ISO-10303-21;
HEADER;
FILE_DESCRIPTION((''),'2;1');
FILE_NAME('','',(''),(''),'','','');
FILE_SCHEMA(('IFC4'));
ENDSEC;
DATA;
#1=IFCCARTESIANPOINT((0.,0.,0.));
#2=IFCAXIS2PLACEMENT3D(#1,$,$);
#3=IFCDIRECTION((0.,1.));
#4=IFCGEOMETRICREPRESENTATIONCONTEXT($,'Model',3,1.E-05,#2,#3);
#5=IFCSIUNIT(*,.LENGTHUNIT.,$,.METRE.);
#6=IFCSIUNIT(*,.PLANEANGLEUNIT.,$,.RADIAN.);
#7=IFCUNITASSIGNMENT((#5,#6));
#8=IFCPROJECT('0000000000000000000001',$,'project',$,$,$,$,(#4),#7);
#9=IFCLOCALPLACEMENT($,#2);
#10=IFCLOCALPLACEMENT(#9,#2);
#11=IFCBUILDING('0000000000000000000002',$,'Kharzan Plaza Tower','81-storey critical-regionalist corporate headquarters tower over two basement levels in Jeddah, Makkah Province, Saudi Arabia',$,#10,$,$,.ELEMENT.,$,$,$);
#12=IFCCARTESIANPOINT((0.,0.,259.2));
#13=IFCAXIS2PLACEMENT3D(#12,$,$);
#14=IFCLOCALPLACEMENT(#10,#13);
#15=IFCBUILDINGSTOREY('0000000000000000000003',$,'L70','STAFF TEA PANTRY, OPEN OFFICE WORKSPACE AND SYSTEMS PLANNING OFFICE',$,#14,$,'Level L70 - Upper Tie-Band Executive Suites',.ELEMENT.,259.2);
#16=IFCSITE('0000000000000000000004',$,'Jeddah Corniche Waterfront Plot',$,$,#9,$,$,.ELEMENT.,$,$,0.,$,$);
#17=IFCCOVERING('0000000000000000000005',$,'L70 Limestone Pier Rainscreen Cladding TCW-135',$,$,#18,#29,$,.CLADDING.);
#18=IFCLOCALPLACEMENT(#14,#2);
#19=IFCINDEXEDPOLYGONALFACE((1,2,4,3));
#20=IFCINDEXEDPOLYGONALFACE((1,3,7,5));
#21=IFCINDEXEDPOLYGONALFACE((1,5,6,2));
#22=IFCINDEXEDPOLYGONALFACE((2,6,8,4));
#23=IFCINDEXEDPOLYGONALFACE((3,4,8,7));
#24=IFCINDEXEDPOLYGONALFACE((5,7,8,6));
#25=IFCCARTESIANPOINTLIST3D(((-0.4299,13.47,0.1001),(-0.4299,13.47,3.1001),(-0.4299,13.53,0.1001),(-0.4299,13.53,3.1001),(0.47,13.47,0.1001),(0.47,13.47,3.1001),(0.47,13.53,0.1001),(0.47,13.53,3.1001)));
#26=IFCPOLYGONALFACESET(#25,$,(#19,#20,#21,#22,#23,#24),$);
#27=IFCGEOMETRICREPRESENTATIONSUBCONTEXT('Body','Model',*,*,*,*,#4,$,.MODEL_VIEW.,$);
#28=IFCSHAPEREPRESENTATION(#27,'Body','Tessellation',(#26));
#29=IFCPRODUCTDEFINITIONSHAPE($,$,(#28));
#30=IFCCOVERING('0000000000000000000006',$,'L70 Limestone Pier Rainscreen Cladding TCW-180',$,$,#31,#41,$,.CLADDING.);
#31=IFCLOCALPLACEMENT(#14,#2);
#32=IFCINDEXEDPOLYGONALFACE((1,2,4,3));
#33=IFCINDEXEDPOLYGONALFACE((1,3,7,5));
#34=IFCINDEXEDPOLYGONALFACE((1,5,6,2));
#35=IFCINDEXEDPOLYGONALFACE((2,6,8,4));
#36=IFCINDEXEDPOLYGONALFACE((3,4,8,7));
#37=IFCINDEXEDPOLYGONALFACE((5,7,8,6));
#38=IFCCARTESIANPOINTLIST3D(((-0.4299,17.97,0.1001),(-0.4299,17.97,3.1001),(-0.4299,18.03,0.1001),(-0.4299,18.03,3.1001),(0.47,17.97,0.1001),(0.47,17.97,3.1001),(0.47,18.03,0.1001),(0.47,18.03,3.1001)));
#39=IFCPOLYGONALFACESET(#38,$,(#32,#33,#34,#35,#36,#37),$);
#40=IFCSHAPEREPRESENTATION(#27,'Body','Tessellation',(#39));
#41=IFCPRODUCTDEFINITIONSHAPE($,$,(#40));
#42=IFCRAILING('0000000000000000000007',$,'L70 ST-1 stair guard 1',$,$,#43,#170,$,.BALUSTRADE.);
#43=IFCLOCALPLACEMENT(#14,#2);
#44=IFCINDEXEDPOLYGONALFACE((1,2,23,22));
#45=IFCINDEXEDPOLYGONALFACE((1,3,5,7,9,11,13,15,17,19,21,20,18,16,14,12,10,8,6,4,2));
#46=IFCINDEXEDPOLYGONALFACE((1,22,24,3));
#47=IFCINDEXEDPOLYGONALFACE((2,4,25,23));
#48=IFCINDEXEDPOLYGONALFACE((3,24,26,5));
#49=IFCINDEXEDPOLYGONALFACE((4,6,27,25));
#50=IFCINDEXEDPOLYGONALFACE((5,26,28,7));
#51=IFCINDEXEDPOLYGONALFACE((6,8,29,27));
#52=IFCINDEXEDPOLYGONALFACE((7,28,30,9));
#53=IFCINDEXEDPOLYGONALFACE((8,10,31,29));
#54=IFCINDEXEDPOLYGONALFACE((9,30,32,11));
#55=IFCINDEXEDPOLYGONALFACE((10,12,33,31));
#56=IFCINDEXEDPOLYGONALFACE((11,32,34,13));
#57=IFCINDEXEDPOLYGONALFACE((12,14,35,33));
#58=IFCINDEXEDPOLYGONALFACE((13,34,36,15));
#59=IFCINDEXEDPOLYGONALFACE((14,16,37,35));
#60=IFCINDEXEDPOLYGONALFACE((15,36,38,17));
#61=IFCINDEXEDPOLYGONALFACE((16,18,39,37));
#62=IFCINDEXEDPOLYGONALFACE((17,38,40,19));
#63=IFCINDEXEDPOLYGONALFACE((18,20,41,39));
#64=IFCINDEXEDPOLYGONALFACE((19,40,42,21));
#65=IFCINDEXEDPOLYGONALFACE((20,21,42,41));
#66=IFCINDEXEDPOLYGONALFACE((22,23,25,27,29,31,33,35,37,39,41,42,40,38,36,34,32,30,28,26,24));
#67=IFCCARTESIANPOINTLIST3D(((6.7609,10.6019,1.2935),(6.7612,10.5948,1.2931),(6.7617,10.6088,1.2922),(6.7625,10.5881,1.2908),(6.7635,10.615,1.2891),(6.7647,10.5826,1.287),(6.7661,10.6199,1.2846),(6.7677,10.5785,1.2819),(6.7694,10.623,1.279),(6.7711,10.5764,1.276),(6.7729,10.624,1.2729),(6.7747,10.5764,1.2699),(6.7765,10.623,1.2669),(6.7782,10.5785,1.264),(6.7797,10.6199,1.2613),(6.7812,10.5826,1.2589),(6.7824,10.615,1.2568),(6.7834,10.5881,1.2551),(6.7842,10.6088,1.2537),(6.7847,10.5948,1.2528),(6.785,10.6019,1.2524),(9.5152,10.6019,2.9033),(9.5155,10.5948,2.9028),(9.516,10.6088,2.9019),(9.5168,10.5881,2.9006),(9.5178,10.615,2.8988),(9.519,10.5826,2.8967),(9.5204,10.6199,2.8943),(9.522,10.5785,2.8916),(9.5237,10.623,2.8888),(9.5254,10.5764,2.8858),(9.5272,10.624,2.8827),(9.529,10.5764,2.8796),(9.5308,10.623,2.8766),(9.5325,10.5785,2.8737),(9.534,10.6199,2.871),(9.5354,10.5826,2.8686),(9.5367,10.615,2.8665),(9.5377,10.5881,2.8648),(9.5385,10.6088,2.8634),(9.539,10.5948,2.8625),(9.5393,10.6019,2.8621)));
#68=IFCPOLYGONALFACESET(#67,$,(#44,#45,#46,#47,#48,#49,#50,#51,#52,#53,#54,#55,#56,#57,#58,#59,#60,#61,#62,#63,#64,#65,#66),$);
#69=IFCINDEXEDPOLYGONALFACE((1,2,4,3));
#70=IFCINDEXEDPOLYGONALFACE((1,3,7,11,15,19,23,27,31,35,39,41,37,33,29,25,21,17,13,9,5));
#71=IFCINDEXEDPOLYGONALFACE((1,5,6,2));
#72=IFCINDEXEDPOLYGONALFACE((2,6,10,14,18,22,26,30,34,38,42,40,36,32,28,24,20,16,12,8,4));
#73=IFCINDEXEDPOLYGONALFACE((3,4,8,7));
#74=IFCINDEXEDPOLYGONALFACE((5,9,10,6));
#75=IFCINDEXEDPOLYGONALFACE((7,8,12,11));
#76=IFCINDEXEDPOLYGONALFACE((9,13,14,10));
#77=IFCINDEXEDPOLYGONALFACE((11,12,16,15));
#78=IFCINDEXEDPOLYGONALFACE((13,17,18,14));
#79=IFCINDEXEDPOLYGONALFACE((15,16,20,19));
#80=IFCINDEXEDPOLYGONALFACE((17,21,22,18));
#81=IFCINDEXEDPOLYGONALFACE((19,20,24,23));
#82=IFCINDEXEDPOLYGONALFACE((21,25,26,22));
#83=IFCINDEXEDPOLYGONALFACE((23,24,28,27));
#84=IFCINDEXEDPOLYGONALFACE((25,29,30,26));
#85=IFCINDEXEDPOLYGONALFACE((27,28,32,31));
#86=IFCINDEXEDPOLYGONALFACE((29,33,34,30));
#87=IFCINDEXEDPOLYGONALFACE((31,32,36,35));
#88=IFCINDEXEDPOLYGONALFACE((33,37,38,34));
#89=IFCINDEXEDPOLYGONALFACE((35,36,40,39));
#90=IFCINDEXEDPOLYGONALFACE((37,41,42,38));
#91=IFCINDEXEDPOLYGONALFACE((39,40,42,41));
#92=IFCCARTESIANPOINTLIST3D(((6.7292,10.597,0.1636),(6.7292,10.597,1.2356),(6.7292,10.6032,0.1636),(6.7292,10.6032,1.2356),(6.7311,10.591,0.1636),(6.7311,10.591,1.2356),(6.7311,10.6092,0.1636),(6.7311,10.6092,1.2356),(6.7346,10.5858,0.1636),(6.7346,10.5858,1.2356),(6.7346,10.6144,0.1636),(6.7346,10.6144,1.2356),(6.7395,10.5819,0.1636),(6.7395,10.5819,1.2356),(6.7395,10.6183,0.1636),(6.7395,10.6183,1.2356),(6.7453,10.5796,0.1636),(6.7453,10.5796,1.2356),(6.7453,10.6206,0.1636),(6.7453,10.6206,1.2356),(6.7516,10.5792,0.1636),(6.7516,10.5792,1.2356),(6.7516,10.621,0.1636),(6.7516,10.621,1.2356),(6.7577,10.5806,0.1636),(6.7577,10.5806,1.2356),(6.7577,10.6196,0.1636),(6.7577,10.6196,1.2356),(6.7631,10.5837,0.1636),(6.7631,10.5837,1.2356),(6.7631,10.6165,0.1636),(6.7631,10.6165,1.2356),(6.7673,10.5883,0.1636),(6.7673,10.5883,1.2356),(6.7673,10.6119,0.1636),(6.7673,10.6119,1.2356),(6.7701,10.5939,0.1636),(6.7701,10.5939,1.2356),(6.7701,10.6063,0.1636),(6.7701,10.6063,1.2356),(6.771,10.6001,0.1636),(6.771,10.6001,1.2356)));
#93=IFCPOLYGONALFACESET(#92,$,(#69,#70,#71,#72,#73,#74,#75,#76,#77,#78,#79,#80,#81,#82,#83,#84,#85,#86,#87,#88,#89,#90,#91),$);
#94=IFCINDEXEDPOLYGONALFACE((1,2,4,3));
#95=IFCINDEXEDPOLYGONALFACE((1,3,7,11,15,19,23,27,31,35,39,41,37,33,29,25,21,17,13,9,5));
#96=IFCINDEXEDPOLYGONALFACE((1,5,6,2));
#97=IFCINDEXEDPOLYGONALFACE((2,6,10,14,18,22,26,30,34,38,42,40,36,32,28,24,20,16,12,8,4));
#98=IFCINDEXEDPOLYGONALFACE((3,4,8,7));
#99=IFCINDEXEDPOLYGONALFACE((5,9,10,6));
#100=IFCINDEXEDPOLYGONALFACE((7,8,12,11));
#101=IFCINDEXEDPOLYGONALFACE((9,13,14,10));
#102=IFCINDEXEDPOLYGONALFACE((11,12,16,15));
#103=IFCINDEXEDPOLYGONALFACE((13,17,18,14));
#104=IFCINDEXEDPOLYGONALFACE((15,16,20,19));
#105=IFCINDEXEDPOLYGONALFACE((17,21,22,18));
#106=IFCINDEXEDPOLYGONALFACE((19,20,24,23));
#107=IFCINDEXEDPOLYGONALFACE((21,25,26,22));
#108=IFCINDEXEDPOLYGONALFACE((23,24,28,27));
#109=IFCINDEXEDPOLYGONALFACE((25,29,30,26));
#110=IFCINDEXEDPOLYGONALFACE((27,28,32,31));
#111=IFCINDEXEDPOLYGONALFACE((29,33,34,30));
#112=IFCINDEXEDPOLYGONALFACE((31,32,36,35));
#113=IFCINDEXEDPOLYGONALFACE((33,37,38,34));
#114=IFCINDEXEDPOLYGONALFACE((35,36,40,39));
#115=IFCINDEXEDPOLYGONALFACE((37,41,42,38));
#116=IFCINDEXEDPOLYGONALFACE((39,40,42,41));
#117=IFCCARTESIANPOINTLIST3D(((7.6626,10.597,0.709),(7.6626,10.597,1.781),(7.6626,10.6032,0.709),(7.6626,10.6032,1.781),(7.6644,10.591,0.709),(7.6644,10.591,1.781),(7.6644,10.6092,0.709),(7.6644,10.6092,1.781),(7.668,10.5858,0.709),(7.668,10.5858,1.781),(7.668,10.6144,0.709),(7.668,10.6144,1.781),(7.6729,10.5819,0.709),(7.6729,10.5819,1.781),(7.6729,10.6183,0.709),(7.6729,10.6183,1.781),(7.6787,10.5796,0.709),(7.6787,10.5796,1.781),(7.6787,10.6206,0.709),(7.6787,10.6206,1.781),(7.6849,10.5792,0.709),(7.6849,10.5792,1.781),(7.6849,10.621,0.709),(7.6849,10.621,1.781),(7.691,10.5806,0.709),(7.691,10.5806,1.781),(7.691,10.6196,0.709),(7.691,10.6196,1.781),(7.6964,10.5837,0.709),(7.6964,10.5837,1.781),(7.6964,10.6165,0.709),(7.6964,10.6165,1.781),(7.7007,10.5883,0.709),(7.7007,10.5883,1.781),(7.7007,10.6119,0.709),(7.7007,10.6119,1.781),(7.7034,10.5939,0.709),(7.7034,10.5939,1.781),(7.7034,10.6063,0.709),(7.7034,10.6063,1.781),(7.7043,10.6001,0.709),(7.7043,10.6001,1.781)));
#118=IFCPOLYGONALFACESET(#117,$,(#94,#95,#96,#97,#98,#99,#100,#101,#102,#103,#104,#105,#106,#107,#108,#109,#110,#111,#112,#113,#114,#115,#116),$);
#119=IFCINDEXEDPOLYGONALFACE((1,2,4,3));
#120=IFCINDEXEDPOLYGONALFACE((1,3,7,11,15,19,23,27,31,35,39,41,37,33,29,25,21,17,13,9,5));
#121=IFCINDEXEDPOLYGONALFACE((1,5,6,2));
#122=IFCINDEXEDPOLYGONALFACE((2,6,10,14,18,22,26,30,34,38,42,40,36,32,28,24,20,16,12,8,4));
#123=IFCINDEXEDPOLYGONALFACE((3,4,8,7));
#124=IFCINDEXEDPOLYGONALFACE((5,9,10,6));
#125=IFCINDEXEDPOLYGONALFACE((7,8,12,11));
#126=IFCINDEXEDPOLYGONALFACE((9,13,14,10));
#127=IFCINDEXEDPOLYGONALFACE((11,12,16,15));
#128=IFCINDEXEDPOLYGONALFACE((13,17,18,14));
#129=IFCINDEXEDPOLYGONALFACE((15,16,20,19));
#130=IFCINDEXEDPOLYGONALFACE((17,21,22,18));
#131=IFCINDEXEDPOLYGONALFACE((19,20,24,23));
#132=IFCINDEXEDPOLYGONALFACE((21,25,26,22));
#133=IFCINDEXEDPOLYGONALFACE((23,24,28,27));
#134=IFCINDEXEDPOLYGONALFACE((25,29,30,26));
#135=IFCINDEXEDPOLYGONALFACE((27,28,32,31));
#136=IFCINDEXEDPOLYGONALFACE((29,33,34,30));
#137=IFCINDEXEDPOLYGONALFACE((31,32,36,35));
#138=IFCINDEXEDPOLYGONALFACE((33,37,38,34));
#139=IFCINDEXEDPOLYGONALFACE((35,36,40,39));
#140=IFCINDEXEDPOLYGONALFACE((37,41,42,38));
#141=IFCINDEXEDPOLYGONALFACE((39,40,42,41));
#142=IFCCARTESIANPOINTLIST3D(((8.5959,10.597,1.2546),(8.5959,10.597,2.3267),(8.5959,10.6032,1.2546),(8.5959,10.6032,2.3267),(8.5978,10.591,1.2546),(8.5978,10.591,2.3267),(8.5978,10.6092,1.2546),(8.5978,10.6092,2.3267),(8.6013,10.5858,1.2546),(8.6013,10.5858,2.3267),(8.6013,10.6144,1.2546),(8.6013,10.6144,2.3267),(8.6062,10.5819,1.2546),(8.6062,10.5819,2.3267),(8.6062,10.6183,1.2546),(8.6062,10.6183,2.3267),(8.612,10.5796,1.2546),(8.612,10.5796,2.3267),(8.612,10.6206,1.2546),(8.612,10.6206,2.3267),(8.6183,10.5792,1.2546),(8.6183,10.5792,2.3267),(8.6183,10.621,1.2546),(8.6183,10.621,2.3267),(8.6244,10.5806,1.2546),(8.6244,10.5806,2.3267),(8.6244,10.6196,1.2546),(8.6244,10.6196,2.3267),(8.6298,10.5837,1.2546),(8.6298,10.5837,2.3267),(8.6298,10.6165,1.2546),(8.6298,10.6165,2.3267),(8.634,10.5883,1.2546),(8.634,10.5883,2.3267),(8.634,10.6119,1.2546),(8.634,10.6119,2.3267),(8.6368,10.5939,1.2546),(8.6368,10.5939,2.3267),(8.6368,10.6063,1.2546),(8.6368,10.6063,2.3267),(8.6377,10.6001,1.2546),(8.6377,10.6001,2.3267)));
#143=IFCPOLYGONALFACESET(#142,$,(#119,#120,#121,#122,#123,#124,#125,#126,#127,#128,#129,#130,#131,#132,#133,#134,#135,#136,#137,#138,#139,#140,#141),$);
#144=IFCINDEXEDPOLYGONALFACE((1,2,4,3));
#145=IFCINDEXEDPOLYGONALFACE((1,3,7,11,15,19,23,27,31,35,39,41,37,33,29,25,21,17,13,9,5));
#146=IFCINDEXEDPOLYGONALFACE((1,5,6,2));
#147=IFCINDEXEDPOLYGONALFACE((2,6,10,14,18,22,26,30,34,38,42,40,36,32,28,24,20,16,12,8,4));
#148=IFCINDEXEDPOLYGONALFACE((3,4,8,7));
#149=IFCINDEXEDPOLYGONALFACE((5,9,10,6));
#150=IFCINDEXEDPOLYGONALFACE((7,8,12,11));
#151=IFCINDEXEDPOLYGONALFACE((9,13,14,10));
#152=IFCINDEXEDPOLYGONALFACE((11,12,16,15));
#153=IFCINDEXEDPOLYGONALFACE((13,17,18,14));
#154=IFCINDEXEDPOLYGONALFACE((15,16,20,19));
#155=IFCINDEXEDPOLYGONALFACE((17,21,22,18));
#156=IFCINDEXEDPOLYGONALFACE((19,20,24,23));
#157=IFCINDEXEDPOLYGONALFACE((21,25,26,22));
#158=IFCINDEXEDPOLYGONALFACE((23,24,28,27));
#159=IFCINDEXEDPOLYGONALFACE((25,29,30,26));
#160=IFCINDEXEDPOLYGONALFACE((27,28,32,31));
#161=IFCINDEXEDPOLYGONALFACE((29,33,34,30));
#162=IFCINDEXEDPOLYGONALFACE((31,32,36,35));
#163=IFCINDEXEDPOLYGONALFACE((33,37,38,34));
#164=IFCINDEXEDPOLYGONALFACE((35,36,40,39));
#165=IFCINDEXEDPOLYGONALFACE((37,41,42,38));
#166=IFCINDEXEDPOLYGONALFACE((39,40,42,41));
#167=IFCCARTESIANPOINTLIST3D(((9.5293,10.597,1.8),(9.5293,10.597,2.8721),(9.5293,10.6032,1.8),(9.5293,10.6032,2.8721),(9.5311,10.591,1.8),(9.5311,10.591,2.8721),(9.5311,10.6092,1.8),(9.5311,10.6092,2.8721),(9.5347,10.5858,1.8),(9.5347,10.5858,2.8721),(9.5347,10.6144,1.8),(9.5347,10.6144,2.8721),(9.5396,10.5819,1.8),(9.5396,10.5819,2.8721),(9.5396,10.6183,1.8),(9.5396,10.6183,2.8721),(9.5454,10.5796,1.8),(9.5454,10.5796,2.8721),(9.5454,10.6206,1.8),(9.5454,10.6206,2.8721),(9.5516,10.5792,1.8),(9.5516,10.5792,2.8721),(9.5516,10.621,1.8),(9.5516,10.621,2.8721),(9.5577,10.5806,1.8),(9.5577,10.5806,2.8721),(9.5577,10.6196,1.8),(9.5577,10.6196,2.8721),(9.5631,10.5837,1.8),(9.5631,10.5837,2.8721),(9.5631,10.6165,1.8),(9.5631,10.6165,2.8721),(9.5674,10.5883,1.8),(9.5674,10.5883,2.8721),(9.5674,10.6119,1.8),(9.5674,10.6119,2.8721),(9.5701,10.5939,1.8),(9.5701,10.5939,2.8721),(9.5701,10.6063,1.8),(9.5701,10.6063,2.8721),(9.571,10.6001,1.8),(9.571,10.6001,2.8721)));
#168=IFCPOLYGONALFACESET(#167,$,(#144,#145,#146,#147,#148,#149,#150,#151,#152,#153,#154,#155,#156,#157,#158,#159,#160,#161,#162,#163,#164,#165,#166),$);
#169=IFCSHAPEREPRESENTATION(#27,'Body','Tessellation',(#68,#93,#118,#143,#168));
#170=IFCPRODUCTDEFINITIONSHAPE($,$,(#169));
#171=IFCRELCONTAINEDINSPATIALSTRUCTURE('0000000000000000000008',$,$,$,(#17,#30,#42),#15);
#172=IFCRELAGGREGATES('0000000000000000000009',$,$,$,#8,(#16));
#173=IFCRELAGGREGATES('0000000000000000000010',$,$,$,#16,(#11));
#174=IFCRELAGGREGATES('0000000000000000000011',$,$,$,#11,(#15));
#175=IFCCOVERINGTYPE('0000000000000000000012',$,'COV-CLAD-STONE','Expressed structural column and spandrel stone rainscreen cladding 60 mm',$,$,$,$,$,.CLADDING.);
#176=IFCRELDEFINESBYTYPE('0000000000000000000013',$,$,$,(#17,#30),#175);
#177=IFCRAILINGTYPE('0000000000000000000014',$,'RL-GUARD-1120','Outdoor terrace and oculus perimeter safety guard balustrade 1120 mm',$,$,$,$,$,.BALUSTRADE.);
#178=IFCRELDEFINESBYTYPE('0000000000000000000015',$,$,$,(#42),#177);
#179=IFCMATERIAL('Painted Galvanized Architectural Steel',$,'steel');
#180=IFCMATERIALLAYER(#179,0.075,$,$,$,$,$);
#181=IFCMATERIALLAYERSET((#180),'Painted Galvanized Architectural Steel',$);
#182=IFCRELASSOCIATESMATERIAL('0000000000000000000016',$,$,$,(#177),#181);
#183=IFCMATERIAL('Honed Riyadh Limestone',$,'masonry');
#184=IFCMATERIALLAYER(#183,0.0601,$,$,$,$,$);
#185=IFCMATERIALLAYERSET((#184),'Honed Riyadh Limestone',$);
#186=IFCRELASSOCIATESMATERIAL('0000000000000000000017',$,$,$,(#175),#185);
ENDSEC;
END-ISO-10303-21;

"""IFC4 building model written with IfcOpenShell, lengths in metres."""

from ifc_helpers import new_model, si_unit, direction, frame, origin, origin_2d, place, context, subcontext, project, spatial, rectangle, circle, extrude, source, transform, mapped, material, layer, layer_set, type_object, element, save


model = new_model("IFC4")

# Units and contexts
model_context = context("Model", 3, precision=1e-05, world=origin(), true_north=direction((0.0, 1.0)))
body_context = subcontext(model_context, "Body", "Model", "MODEL_VIEW")
ifc_project = project(units=[si_unit("LENGTHUNIT", "METRE"), si_unit("PLANEANGLEUNIT", "RADIAN")], contexts=[model_context])

# Site, building, storey
site_placement = place(None, origin())
site = spatial("IfcSite", under=ifc_project, at=site_placement, Name="Jeddah Corniche Waterfront Plot", CompositionType="ELEMENT", RefElevation=0.0)
building_placement = place(site_placement, origin())
building = spatial("IfcBuilding", under=site, at=building_placement, Name="Kharzan Plaza Tower", Description="81-storey critical-regionalist corporate headquarters tower over two basement levels in Jeddah, Makkah Province, Saudi Arabia", CompositionType="ELEMENT")
storey_placement = place(building_placement, frame((0.0, 0.0, 259.2)))
storey = spatial("IfcBuildingStorey", under=building, at=storey_placement, Name="L70", Description="STAFF TEA PANTRY, OPEN OFFICE WORKSPACE AND SYSTEMS PLANNING OFFICE", LongName="Level L70 - Upper Tie-Band Executive Suites", CompositionType="ELEMENT", Elevation=259.2)

# Shared definitions
ifc_material_1 = material(Name="Painted Galvanized Architectural Steel", Category="steel")
ifc_layer_1 = layer(ifc_material_1, 0.075)
ifc_layer_set_1 = layer_set([ifc_layer_1], Name="Painted Galvanized Architectural Steel")
railing_type = type_object("IfcRailingType", Name="RL-GUARD-1120", Description="Outdoor terrace and oculus perimeter safety guard balustrade 1120 mm", PredefinedType="BALUSTRADE", material=ifc_layer_set_1)

# Coverings
ifc_material_2 = material(Name="Honed Riyadh Limestone", Category="masonry")
ifc_layer_2 = layer(ifc_material_2, 0.0601)
ifc_layer_set_2 = layer_set([ifc_layer_2], Name="Honed Riyadh Limestone")
covering_type = type_object("IfcCoveringType", Name="COV-CLAD-STONE", Description="Expressed structural column and spandrel stone rainscreen cladding 60 mm", PredefinedType="CLADDING", material=ifc_layer_set_2)
shared_shape_1 = source(origin(), body_context, "Body", "SweptSolid", [
    extrude(rectangle(XDim=0.0601, YDim=0.8999, at=origin_2d()), origin(), (0.0, 0.0, 1.0), 3.0),
])
for number, where, z_axis, x_axis, name in (
    (1, (0.02, 13.5, 0.1001), (0.0, 0.0, 1.0), (0.0, 1.0, 0.0), "L70 Limestone Pier Rainscreen Cladding TCW-135"),
    (2, (0.02, 18.0, 0.1001), (0.0, 0.0, 1.0), (0.0, 1.0, 0.0), "L70 Limestone Pier Rainscreen Cladding TCW-180"),
):
    element("IfcCovering", number, at=place(storey_placement, frame(where, z_axis=z_axis, x_axis=x_axis)), inside=storey, type_object=covering_type, Name=name, PredefinedType="CLADDING", context=body_context, shape_type="MappedRepresentation", body=[
        mapped(shared_shape_1, transform((0.0, 0.0, 0.0), x_axis=(1.0, 0.0, 0.0), y_axis=(0.0, 1.0, 0.0), z_axis=(0.0, 0.0, 1.0))),
    ])

# Railing
shared_shape_2 = source(origin(), body_context, "Body", "SweptSolid", [
    extrude(circle(Radius=0.0239, at=origin_2d()), frame((0.0229, 0.0, 1.1094), z_axis=(0.863361, 0.0, 0.504587), x_axis=(0.0, 1.0, 0.0)), (0.0, 0.0, 1.0), 3.1902),
    extrude(circle(Radius=0.021, at=origin_2d()), origin(), (0.0, 0.0, 1.0), 1.072),
    extrude(circle(Radius=0.021, at=origin_2d()), frame((0.9333, 0.0, 0.5454)), (0.0, 0.0, 1.0), 1.072),
    extrude(circle(Radius=0.021, at=origin_2d()), frame((1.8667, 0.0, 1.0911)), (0.0, 0.0, 1.0), 1.072),
    extrude(circle(Radius=0.021, at=origin_2d()), frame((2.8, 0.0, 1.6365)), (0.0, 0.0, 1.0), 1.072),
])
railing_1_placement = place(storey_placement, frame((6.75, 10.6001, 0.1636)))
element("IfcRailing", 3, at=railing_1_placement, inside=storey, type_object=railing_type, Name="L70 ST-1 stair guard 1", PredefinedType="BALUSTRADE", context=body_context, shape_type="MappedRepresentation", body=[
    mapped(shared_shape_2, transform((0.0, 0.0, 0.0), x_axis=(1.0, 0.0, 0.0), y_axis=(0.0, 1.0, 0.0), z_axis=(0.0, 0.0, 1.0))),
])

save(model, "model.ifc")
